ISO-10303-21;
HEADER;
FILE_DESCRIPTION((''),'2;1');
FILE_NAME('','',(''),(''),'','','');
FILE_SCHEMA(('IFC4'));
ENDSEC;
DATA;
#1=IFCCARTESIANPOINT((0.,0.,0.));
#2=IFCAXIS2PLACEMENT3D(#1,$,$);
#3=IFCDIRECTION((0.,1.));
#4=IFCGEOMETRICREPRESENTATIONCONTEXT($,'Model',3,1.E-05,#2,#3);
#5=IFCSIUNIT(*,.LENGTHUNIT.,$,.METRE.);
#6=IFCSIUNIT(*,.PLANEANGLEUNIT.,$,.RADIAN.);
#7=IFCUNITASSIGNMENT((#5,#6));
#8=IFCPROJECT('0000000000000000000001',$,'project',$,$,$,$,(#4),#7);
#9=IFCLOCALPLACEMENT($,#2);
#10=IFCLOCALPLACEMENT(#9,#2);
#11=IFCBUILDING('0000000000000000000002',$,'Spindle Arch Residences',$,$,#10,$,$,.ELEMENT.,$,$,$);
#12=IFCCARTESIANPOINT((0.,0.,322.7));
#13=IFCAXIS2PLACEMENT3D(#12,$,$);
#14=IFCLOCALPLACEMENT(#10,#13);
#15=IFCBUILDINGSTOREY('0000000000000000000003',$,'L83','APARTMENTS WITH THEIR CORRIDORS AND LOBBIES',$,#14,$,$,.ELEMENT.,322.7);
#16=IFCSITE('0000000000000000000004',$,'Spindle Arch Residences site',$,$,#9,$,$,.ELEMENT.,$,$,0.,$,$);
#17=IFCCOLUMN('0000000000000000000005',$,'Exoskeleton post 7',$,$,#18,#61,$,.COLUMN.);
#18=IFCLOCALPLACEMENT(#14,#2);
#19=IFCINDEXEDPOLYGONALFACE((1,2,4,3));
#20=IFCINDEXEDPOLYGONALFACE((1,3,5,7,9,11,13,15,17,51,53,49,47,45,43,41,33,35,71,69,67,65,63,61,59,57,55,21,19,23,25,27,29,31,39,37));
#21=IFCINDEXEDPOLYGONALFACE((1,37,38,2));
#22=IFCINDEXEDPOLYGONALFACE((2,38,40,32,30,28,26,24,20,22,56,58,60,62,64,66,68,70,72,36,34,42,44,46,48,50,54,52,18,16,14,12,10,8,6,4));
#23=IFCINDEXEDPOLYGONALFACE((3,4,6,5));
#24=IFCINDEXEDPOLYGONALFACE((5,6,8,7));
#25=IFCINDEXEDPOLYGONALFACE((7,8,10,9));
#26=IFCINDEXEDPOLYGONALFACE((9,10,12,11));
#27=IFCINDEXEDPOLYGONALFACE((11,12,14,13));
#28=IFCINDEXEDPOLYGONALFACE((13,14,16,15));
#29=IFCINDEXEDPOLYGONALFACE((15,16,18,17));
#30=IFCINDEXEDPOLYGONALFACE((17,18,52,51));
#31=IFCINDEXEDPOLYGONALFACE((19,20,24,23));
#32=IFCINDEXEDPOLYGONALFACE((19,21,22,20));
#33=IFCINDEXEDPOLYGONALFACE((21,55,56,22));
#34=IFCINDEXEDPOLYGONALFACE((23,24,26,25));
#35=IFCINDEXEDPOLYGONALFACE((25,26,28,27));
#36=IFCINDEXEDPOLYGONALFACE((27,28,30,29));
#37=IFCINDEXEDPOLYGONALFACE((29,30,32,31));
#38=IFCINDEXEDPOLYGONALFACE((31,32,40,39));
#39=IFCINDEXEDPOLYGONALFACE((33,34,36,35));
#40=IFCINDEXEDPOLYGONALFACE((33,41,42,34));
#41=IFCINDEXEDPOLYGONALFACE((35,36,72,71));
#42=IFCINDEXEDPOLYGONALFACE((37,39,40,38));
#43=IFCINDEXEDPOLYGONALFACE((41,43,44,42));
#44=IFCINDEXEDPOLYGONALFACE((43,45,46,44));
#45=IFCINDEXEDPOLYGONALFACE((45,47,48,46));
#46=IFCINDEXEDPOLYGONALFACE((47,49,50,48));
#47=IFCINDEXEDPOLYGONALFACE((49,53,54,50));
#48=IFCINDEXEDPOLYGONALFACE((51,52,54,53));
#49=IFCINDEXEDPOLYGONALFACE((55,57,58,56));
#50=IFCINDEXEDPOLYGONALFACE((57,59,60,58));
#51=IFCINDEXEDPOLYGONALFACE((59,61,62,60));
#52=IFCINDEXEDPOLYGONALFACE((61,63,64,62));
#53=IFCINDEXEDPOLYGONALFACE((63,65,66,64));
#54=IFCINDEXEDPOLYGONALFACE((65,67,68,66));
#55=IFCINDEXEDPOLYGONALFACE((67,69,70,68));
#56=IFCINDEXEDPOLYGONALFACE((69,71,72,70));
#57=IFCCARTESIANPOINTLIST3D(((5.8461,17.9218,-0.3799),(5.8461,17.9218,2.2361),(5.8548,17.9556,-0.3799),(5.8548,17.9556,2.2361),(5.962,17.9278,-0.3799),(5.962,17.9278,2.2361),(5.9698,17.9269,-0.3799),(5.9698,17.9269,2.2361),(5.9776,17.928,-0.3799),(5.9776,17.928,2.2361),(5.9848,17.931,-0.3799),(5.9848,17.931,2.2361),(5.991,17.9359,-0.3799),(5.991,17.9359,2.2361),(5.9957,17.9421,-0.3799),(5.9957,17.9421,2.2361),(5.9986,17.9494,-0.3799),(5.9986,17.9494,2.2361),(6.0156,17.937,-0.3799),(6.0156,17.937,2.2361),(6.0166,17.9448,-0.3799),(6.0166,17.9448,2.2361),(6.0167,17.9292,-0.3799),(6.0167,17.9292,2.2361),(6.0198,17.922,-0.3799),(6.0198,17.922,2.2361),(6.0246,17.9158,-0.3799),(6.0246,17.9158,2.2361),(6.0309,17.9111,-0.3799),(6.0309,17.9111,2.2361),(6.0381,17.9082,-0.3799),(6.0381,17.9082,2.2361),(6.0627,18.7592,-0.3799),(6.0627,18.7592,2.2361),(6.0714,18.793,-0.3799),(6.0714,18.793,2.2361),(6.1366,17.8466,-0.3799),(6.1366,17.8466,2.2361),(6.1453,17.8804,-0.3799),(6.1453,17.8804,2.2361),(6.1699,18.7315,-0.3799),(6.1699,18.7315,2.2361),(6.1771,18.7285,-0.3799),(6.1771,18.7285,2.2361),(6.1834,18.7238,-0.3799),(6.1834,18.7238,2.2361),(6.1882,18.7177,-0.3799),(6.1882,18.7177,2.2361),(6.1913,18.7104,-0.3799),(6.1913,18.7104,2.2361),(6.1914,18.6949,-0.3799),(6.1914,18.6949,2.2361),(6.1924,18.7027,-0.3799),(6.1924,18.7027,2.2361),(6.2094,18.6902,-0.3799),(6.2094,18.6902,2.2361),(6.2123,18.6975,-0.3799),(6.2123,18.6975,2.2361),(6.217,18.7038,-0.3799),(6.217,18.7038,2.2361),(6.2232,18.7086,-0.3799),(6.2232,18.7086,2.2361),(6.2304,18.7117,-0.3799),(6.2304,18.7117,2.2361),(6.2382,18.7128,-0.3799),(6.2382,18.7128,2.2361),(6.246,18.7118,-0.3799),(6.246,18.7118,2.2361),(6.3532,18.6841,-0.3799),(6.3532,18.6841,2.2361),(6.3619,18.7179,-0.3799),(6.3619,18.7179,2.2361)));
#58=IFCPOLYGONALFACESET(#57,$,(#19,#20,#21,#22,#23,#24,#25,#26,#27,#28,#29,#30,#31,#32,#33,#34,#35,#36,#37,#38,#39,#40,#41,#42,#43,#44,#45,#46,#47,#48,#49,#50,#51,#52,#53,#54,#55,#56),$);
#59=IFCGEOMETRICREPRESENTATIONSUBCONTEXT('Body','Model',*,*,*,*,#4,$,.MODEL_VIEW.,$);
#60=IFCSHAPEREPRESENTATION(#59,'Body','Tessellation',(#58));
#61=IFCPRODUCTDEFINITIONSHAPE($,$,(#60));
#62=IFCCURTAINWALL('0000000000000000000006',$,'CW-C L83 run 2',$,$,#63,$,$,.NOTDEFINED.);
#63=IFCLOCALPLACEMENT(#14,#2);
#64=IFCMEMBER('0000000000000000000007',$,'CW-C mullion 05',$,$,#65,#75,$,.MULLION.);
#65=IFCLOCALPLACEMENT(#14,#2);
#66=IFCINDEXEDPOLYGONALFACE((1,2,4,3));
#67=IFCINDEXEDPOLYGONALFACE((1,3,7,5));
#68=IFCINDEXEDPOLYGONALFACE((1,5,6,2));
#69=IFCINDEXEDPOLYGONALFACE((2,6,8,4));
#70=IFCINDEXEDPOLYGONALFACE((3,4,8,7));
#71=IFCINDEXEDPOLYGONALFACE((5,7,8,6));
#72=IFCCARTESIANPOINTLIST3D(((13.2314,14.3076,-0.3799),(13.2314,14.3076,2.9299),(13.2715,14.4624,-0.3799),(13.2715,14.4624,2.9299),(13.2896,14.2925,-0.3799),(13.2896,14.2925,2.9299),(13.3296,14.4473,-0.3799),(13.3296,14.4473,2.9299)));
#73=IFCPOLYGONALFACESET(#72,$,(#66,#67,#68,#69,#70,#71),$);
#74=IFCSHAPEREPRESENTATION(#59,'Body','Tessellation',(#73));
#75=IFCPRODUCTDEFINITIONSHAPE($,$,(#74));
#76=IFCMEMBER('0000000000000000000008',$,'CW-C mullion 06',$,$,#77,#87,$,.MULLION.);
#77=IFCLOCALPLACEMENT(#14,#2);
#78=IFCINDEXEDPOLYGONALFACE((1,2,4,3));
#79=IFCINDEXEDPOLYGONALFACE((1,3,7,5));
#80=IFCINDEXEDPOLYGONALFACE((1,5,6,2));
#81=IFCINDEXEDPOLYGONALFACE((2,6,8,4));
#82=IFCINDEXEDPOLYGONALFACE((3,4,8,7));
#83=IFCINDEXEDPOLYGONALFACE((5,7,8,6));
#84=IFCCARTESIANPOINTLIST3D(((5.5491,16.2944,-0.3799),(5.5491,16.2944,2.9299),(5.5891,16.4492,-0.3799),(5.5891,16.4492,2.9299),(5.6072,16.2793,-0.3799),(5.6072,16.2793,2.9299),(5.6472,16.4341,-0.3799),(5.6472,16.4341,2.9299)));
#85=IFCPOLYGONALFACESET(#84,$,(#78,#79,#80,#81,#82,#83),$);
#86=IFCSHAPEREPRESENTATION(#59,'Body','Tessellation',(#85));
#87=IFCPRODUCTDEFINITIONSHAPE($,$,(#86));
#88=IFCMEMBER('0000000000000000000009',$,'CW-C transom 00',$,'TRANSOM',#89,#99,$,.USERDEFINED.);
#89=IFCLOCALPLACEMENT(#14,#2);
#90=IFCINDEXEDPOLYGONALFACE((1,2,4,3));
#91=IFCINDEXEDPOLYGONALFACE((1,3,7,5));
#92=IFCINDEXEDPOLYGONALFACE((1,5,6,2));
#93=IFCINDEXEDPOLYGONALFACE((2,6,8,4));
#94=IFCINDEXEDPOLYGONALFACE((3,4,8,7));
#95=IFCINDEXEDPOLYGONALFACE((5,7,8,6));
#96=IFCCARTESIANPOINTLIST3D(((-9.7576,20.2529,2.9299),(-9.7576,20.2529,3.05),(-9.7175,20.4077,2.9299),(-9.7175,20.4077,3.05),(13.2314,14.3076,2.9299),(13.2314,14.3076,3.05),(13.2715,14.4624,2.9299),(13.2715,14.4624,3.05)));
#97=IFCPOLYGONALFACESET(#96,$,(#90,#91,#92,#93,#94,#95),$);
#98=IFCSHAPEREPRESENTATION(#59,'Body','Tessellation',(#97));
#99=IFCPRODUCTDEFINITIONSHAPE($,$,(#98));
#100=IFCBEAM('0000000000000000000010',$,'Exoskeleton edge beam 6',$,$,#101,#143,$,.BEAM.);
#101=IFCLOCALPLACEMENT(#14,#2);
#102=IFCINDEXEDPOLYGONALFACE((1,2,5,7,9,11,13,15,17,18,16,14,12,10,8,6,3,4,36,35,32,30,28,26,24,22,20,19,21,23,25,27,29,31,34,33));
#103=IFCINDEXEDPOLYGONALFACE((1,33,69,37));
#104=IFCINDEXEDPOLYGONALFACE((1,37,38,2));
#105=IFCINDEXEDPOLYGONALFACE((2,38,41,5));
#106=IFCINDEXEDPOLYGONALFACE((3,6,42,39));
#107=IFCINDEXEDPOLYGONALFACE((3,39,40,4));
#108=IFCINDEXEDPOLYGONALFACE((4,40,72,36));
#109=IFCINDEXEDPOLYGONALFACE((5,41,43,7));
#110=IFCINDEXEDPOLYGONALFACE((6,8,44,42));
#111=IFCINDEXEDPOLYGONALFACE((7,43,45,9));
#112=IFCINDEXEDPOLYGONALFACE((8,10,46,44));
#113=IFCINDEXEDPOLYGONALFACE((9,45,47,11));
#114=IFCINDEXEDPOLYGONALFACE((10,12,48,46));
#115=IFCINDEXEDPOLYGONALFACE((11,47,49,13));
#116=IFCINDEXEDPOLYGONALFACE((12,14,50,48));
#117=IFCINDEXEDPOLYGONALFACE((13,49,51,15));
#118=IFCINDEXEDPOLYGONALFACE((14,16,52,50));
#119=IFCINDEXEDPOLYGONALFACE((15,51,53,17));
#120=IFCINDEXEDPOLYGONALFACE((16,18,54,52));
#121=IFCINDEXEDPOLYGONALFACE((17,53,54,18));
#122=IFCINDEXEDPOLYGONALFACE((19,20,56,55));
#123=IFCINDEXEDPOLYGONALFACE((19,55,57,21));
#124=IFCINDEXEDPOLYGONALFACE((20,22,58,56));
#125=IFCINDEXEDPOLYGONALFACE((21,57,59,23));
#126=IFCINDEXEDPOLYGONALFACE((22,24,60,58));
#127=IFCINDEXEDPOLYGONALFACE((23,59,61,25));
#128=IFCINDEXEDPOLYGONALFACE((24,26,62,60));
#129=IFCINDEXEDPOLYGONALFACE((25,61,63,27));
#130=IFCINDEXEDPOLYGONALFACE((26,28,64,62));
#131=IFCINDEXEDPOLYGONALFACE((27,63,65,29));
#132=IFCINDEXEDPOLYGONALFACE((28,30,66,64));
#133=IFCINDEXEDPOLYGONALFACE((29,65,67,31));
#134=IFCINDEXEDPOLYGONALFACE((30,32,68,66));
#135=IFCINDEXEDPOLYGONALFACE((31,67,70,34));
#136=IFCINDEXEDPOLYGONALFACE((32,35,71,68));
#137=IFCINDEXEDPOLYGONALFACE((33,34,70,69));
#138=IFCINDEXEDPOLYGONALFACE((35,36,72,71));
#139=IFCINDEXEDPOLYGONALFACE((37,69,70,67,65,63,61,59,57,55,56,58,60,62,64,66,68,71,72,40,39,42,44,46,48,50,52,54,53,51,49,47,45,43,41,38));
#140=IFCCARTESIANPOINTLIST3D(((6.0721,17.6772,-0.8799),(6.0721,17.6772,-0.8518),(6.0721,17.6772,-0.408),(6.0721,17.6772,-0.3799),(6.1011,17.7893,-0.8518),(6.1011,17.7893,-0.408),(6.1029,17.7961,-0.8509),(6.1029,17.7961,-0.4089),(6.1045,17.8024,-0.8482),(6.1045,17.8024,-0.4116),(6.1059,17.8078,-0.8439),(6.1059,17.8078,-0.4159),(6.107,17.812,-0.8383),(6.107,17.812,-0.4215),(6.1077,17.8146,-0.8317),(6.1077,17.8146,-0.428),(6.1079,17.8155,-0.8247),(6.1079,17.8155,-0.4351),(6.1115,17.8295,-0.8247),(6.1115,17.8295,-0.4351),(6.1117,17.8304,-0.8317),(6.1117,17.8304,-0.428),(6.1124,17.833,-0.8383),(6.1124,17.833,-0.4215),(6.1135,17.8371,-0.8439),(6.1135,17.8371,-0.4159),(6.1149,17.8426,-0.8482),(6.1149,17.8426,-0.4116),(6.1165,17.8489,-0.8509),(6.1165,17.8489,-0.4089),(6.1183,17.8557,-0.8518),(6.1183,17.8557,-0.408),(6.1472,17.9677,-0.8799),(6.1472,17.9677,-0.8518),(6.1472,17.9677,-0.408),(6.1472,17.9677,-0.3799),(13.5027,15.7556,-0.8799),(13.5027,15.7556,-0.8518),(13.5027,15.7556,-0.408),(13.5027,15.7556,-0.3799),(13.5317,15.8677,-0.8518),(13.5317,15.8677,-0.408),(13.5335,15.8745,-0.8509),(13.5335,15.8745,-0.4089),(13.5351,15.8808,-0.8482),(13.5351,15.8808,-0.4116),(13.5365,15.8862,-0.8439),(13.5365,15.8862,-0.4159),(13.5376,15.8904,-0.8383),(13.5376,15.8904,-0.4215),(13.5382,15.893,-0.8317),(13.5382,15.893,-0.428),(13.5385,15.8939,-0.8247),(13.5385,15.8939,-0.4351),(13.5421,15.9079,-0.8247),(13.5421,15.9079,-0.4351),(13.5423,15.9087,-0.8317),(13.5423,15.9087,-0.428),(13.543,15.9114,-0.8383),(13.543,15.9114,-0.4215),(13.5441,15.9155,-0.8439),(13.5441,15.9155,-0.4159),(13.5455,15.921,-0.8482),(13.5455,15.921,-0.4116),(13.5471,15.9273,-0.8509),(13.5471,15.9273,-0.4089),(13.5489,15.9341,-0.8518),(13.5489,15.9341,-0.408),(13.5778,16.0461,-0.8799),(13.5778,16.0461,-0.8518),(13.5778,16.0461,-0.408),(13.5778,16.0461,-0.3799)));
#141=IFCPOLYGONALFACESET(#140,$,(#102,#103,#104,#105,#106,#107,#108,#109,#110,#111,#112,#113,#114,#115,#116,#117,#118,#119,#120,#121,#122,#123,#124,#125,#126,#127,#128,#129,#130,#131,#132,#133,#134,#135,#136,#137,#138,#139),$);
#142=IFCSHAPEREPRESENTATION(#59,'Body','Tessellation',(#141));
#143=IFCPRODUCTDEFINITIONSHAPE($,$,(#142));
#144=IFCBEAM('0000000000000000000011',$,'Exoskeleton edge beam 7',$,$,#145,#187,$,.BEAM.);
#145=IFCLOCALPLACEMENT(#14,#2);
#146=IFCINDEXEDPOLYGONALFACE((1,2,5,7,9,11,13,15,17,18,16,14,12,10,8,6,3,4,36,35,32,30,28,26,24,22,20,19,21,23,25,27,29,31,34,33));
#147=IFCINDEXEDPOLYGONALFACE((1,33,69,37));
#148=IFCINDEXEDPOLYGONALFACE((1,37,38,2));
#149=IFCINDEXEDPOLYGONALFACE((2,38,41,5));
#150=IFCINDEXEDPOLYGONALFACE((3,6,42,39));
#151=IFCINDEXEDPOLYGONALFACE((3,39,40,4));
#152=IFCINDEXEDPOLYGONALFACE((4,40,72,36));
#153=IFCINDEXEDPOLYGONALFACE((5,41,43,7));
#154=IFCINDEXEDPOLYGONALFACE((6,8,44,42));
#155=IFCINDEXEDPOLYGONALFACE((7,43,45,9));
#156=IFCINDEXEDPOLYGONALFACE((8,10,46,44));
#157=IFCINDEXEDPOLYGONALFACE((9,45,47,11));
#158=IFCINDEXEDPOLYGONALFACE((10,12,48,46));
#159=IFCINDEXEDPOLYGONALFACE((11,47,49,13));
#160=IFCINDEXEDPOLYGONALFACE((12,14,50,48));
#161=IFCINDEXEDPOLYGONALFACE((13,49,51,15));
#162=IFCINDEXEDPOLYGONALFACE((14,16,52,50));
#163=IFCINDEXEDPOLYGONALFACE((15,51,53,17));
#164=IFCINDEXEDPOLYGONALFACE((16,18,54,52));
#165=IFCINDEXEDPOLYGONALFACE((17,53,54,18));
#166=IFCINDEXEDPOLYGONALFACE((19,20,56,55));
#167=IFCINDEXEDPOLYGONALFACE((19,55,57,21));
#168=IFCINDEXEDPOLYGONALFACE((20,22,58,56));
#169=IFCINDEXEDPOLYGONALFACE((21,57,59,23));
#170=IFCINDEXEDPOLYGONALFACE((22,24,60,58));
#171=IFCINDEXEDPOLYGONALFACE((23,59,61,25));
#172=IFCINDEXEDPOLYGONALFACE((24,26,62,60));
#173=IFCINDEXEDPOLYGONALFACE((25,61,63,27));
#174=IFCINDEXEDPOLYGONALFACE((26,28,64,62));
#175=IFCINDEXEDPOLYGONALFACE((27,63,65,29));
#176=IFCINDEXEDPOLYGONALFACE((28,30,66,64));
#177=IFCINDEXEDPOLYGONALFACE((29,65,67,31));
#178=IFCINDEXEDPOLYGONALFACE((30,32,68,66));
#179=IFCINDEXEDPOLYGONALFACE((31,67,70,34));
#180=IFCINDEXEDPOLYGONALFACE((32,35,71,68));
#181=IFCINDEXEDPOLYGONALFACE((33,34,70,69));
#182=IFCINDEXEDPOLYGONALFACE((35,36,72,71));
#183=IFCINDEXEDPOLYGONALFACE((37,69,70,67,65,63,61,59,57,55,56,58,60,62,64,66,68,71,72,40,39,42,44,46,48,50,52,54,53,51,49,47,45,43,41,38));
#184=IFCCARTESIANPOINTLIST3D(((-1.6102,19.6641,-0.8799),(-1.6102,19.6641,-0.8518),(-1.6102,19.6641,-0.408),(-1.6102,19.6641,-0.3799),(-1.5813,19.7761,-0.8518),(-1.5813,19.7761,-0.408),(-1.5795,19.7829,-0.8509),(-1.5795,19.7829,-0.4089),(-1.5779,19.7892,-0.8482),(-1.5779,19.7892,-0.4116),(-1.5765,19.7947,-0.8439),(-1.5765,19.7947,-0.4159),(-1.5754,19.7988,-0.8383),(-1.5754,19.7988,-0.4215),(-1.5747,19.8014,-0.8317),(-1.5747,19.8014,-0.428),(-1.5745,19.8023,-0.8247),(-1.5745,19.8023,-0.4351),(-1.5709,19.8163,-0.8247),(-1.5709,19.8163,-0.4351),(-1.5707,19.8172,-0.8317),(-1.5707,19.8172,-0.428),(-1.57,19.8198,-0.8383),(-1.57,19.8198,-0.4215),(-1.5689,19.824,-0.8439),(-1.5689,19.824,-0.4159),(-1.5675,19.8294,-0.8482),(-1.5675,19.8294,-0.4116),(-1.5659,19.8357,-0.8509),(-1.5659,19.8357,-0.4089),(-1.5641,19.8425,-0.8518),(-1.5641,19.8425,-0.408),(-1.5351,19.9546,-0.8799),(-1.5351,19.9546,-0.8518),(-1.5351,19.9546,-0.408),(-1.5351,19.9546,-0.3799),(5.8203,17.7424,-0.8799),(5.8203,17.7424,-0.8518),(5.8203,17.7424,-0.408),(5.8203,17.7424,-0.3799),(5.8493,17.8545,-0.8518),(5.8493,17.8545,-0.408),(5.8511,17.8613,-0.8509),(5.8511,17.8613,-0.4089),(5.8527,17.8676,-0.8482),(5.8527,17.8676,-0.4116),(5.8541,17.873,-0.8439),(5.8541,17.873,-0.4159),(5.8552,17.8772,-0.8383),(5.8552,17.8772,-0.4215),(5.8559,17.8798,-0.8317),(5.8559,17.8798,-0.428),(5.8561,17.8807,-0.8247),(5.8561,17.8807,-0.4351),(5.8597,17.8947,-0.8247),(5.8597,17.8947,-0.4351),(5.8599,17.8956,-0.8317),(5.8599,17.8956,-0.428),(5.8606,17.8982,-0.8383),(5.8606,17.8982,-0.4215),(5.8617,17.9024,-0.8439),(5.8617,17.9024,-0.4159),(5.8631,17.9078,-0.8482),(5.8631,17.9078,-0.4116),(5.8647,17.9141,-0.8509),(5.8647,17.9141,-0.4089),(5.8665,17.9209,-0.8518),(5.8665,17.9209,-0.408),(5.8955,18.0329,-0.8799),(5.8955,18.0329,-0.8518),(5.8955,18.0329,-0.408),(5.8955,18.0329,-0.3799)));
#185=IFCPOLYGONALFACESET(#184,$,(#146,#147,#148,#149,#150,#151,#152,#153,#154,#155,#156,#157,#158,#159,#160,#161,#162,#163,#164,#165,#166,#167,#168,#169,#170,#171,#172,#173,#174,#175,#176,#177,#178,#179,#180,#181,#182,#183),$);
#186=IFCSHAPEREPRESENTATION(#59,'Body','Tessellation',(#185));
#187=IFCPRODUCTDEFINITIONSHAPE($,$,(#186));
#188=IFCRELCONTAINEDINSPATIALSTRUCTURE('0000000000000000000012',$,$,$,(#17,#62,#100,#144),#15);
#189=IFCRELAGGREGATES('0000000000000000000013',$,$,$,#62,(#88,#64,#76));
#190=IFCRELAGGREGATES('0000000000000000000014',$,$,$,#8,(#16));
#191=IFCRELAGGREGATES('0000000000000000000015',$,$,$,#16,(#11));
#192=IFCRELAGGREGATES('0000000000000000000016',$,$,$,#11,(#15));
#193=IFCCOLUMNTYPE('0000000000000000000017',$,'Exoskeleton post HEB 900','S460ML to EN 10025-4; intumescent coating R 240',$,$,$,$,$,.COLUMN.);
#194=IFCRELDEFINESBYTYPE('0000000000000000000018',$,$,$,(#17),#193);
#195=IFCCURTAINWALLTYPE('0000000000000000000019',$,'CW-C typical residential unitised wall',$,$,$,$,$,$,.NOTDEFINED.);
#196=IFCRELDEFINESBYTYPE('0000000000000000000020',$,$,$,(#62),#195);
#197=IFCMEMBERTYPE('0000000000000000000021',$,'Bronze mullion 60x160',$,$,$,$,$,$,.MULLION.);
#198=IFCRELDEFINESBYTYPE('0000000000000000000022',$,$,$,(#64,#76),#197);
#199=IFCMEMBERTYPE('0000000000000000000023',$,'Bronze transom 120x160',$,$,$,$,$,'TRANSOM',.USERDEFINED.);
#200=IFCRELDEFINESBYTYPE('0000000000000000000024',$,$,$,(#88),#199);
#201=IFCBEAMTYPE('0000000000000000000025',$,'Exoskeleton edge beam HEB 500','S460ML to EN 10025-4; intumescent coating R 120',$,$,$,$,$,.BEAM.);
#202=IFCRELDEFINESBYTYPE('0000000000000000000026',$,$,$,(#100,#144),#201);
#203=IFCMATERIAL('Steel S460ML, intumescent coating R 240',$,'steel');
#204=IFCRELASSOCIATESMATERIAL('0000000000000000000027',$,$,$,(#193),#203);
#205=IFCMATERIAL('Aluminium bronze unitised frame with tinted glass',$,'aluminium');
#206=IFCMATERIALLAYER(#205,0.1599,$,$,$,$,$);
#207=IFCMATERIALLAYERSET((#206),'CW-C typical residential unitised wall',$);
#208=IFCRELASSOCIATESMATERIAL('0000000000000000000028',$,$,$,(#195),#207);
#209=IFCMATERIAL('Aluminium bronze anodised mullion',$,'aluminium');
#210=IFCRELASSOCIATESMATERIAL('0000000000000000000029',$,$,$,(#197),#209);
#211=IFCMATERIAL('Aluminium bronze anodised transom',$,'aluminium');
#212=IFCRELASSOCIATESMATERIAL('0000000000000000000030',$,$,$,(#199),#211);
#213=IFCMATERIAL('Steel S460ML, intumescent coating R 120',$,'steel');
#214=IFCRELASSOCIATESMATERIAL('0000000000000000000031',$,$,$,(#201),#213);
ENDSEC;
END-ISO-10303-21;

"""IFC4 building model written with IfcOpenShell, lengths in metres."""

from ifc_helpers import new_model, si_unit, direction, frame, origin, origin_2d, place, context, subcontext, project, spatial, rectangle, i_section, extrude, material, layer, layer_set, material_profile, profile_set, type_object, element, aggregate, save


model = new_model("IFC4")

# Units and contexts
model_context = context("Model", 3, precision=1e-05, world=origin(), true_north=direction((0.0, 1.0)))
body_context = subcontext(model_context, "Body", "Model", "MODEL_VIEW")
ifc_project = project(units=[si_unit("LENGTHUNIT", "METRE"), si_unit("PLANEANGLEUNIT", "RADIAN")], contexts=[model_context])

# Site, building, storey
site_placement = place(None, origin())
site = spatial("IfcSite", under=ifc_project, at=site_placement, Name="Spindle Arch Residences site", CompositionType="ELEMENT", RefElevation=0.0)
building_placement = place(site_placement, origin())
building = spatial("IfcBuilding", under=site, at=building_placement, Name="Spindle Arch Residences", CompositionType="ELEMENT")
storey_placement = place(building_placement, frame((0.0, 0.0, 322.7)))
storey = spatial("IfcBuildingStorey", under=building, at=storey_placement, Name="L83", Description="APARTMENTS WITH THEIR CORRIDORS AND LOBBIES", CompositionType="ELEMENT", Elevation=322.7)

# Column
ifc_material_1 = material(Name="Steel S460ML, intumescent coating R 240", Category="steel")
ifc_material_profile_1 = material_profile(ifc_material_1, i_section(OverallWidth=0.3, OverallDepth=0.8999, WebThickness=0.0186, FlangeThickness=0.0349, FilletRadius=0.03, at=origin_2d()), Name="HEB 900")
ifc_profile_set_1 = profile_set([ifc_material_profile_1], Name="Steel S460ML, intumescent coating R 240")
column_type = type_object("IfcColumnType", Name="Exoskeleton post HEB 900", Description="S460ML to EN 10025-4; intumescent coating R 240", PredefinedType="COLUMN", material=ifc_profile_set_1)
column_placement = place(storey_placement, frame((6.104, 18.3198, -0.3799), z_axis=(0.0, 0.0, 1.0), x_axis=(0.968148, -0.25038, 0.0)))
element("IfcColumn", 1, at=column_placement, inside=storey, type_object=column_type, Name="Exoskeleton post 7", PredefinedType="COLUMN", context=body_context, shape_type="SweptSolid", body=[
    extrude(i_section(OverallWidth=0.3, OverallDepth=0.8999, WebThickness=0.0186, FlangeThickness=0.0349, FilletRadius=0.03, at=origin_2d()), origin(), (0.0, 0.0, 1.0), 2.616),
])

# Curtain wall, members
ifc_material_2 = material(Name="Aluminium bronze unitised frame with tinted glass", Category="aluminium")
ifc_layer_1 = layer(ifc_material_2, 0.1599)
ifc_layer_set_1 = layer_set([ifc_layer_1], Name="CW-C typical residential unitised wall")
curtain_wall_type = type_object("IfcCurtainWallType", Name="CW-C typical residential unitised wall", PredefinedType="NOTDEFINED", material=ifc_layer_set_1)
curtain_wall_placement = place(storey_placement, origin())
curtain_wall = element("IfcCurtainWall", 2, at=curtain_wall_placement, inside=storey, type_object=curtain_wall_type, Name="CW-C L83 run 2", PredefinedType="NOTDEFINED")
ifc_material_3 = material(Name="Aluminium bronze anodised mullion", Category="aluminium")
ifc_material_profile_2 = material_profile(ifc_material_3, rectangle(XDim=0.1599, YDim=0.0601, at=origin_2d()), Name="MU 60x160")
ifc_profile_set_2 = profile_set([ifc_material_profile_2], Name="Aluminium bronze anodised mullion")
member_type_1 = type_object("IfcMemberType", Name="Bronze mullion 60x160", PredefinedType="MULLION", material=ifc_profile_set_2)
member_1_placement = place(storey_placement, frame((13.2805, 14.3774, -0.3799), z_axis=(0.0, 0.0, 1.0), x_axis=(-0.25038, -0.968148, 0.0)))
member_1 = element("IfcMember", 3, at=member_1_placement, type_object=member_type_1, Name="CW-C mullion 05", PredefinedType="MULLION", context=body_context, shape_type="SweptSolid", body=[
    extrude(rectangle(XDim=0.1599, YDim=0.0601, at=origin_2d()), origin(), (0.0, 0.0, 1.0), 3.3098),
])
member_2_placement = place(storey_placement, frame((5.5981, 16.3643, -0.3799), z_axis=(0.0, 0.0, 1.0), x_axis=(-0.25038, -0.968148, 0.0)))
member_2 = element("IfcMember", 4, at=member_2_placement, type_object=member_type_1, Name="CW-C mullion 06", PredefinedType="MULLION", context=body_context, shape_type="SweptSolid", body=[
    extrude(rectangle(XDim=0.1599, YDim=0.0601, at=origin_2d()), origin(), (0.0, 0.0, 1.0), 3.3098),
])
ifc_material_4 = material(Name="Aluminium bronze anodised transom", Category="aluminium")
ifc_material_profile_3 = material_profile(ifc_material_4, rectangle(XDim=0.1599, YDim=0.1201, at=origin_2d()), Name="TR 120x160")
ifc_profile_set_3 = profile_set([ifc_material_profile_3], Name="Aluminium bronze anodised transom")
member_type_2 = type_object("IfcMemberType", Name="Bronze transom 120x160", ElementType="TRANSOM", PredefinedType="USERDEFINED", material=ifc_profile_set_3)
member_3_placement = place(storey_placement, frame((13.2515, 14.385, 2.99), z_axis=(-0.968148, 0.250378, 0.0), x_axis=(-0.250378, -0.968148, 0.0)))
member_3 = element("IfcMember", 5, at=member_3_placement, type_object=member_type_2, Name="CW-C transom 00", ObjectType="TRANSOM", PredefinedType="USERDEFINED", context=body_context, shape_type="SweptSolid", body=[
    extrude(rectangle(XDim=0.1599, YDim=0.1201, at=origin_2d()), origin(), (0.0, 0.0, 1.0), 23.7454),
])

# Beams
ifc_material_5 = material(Name="Steel S460ML, intumescent coating R 120", Category="steel")
ifc_material_profile_4 = material_profile(ifc_material_5, i_section(OverallWidth=0.3, OverallDepth=0.5, WebThickness=0.0144, FlangeThickness=0.0281, FilletRadius=0.0271, at=origin_2d()), Name="HEB 500")
ifc_profile_set_4 = profile_set([ifc_material_profile_4], Name="Steel S460ML, intumescent coating R 120")
beam_type_1 = type_object("IfcBeamType", Name="Exoskeleton edge beam HEB 500", Description="S460ML to EN 10025-4; intumescent coating R 120", PredefinedType="BEAM", material=ifc_profile_set_4)
for number, where, z_axis, x_axis, name in (
    (6, (13.5403, 15.9009, -0.6299), (-0.96815, 0.250372, 0.0), (-0.250372, -0.96815, 0.0), "Exoskeleton edge beam 6"),
    (7, (5.8579, 17.8877, -0.6299), (-0.96815, 0.250372, 0.0), (-0.250372, -0.96815, 0.0), "Exoskeleton edge beam 7"),
):
    element("IfcBeam", number, at=place(storey_placement, frame(where, z_axis=z_axis, x_axis=x_axis)), inside=storey, type_object=beam_type_1, Name=name, PredefinedType="BEAM", context=body_context, shape_type="SweptSolid", body=[
        extrude(i_section(OverallWidth=0.3, OverallDepth=0.5, WebThickness=0.0144, FlangeThickness=0.0281, FilletRadius=0.0271, at=origin_2d()), origin(), (0.0, 0.0, 1.0), 7.675),
    ])

aggregate(curtain_wall, [member_3, member_1, member_2])

save(model, "model.ifc")
